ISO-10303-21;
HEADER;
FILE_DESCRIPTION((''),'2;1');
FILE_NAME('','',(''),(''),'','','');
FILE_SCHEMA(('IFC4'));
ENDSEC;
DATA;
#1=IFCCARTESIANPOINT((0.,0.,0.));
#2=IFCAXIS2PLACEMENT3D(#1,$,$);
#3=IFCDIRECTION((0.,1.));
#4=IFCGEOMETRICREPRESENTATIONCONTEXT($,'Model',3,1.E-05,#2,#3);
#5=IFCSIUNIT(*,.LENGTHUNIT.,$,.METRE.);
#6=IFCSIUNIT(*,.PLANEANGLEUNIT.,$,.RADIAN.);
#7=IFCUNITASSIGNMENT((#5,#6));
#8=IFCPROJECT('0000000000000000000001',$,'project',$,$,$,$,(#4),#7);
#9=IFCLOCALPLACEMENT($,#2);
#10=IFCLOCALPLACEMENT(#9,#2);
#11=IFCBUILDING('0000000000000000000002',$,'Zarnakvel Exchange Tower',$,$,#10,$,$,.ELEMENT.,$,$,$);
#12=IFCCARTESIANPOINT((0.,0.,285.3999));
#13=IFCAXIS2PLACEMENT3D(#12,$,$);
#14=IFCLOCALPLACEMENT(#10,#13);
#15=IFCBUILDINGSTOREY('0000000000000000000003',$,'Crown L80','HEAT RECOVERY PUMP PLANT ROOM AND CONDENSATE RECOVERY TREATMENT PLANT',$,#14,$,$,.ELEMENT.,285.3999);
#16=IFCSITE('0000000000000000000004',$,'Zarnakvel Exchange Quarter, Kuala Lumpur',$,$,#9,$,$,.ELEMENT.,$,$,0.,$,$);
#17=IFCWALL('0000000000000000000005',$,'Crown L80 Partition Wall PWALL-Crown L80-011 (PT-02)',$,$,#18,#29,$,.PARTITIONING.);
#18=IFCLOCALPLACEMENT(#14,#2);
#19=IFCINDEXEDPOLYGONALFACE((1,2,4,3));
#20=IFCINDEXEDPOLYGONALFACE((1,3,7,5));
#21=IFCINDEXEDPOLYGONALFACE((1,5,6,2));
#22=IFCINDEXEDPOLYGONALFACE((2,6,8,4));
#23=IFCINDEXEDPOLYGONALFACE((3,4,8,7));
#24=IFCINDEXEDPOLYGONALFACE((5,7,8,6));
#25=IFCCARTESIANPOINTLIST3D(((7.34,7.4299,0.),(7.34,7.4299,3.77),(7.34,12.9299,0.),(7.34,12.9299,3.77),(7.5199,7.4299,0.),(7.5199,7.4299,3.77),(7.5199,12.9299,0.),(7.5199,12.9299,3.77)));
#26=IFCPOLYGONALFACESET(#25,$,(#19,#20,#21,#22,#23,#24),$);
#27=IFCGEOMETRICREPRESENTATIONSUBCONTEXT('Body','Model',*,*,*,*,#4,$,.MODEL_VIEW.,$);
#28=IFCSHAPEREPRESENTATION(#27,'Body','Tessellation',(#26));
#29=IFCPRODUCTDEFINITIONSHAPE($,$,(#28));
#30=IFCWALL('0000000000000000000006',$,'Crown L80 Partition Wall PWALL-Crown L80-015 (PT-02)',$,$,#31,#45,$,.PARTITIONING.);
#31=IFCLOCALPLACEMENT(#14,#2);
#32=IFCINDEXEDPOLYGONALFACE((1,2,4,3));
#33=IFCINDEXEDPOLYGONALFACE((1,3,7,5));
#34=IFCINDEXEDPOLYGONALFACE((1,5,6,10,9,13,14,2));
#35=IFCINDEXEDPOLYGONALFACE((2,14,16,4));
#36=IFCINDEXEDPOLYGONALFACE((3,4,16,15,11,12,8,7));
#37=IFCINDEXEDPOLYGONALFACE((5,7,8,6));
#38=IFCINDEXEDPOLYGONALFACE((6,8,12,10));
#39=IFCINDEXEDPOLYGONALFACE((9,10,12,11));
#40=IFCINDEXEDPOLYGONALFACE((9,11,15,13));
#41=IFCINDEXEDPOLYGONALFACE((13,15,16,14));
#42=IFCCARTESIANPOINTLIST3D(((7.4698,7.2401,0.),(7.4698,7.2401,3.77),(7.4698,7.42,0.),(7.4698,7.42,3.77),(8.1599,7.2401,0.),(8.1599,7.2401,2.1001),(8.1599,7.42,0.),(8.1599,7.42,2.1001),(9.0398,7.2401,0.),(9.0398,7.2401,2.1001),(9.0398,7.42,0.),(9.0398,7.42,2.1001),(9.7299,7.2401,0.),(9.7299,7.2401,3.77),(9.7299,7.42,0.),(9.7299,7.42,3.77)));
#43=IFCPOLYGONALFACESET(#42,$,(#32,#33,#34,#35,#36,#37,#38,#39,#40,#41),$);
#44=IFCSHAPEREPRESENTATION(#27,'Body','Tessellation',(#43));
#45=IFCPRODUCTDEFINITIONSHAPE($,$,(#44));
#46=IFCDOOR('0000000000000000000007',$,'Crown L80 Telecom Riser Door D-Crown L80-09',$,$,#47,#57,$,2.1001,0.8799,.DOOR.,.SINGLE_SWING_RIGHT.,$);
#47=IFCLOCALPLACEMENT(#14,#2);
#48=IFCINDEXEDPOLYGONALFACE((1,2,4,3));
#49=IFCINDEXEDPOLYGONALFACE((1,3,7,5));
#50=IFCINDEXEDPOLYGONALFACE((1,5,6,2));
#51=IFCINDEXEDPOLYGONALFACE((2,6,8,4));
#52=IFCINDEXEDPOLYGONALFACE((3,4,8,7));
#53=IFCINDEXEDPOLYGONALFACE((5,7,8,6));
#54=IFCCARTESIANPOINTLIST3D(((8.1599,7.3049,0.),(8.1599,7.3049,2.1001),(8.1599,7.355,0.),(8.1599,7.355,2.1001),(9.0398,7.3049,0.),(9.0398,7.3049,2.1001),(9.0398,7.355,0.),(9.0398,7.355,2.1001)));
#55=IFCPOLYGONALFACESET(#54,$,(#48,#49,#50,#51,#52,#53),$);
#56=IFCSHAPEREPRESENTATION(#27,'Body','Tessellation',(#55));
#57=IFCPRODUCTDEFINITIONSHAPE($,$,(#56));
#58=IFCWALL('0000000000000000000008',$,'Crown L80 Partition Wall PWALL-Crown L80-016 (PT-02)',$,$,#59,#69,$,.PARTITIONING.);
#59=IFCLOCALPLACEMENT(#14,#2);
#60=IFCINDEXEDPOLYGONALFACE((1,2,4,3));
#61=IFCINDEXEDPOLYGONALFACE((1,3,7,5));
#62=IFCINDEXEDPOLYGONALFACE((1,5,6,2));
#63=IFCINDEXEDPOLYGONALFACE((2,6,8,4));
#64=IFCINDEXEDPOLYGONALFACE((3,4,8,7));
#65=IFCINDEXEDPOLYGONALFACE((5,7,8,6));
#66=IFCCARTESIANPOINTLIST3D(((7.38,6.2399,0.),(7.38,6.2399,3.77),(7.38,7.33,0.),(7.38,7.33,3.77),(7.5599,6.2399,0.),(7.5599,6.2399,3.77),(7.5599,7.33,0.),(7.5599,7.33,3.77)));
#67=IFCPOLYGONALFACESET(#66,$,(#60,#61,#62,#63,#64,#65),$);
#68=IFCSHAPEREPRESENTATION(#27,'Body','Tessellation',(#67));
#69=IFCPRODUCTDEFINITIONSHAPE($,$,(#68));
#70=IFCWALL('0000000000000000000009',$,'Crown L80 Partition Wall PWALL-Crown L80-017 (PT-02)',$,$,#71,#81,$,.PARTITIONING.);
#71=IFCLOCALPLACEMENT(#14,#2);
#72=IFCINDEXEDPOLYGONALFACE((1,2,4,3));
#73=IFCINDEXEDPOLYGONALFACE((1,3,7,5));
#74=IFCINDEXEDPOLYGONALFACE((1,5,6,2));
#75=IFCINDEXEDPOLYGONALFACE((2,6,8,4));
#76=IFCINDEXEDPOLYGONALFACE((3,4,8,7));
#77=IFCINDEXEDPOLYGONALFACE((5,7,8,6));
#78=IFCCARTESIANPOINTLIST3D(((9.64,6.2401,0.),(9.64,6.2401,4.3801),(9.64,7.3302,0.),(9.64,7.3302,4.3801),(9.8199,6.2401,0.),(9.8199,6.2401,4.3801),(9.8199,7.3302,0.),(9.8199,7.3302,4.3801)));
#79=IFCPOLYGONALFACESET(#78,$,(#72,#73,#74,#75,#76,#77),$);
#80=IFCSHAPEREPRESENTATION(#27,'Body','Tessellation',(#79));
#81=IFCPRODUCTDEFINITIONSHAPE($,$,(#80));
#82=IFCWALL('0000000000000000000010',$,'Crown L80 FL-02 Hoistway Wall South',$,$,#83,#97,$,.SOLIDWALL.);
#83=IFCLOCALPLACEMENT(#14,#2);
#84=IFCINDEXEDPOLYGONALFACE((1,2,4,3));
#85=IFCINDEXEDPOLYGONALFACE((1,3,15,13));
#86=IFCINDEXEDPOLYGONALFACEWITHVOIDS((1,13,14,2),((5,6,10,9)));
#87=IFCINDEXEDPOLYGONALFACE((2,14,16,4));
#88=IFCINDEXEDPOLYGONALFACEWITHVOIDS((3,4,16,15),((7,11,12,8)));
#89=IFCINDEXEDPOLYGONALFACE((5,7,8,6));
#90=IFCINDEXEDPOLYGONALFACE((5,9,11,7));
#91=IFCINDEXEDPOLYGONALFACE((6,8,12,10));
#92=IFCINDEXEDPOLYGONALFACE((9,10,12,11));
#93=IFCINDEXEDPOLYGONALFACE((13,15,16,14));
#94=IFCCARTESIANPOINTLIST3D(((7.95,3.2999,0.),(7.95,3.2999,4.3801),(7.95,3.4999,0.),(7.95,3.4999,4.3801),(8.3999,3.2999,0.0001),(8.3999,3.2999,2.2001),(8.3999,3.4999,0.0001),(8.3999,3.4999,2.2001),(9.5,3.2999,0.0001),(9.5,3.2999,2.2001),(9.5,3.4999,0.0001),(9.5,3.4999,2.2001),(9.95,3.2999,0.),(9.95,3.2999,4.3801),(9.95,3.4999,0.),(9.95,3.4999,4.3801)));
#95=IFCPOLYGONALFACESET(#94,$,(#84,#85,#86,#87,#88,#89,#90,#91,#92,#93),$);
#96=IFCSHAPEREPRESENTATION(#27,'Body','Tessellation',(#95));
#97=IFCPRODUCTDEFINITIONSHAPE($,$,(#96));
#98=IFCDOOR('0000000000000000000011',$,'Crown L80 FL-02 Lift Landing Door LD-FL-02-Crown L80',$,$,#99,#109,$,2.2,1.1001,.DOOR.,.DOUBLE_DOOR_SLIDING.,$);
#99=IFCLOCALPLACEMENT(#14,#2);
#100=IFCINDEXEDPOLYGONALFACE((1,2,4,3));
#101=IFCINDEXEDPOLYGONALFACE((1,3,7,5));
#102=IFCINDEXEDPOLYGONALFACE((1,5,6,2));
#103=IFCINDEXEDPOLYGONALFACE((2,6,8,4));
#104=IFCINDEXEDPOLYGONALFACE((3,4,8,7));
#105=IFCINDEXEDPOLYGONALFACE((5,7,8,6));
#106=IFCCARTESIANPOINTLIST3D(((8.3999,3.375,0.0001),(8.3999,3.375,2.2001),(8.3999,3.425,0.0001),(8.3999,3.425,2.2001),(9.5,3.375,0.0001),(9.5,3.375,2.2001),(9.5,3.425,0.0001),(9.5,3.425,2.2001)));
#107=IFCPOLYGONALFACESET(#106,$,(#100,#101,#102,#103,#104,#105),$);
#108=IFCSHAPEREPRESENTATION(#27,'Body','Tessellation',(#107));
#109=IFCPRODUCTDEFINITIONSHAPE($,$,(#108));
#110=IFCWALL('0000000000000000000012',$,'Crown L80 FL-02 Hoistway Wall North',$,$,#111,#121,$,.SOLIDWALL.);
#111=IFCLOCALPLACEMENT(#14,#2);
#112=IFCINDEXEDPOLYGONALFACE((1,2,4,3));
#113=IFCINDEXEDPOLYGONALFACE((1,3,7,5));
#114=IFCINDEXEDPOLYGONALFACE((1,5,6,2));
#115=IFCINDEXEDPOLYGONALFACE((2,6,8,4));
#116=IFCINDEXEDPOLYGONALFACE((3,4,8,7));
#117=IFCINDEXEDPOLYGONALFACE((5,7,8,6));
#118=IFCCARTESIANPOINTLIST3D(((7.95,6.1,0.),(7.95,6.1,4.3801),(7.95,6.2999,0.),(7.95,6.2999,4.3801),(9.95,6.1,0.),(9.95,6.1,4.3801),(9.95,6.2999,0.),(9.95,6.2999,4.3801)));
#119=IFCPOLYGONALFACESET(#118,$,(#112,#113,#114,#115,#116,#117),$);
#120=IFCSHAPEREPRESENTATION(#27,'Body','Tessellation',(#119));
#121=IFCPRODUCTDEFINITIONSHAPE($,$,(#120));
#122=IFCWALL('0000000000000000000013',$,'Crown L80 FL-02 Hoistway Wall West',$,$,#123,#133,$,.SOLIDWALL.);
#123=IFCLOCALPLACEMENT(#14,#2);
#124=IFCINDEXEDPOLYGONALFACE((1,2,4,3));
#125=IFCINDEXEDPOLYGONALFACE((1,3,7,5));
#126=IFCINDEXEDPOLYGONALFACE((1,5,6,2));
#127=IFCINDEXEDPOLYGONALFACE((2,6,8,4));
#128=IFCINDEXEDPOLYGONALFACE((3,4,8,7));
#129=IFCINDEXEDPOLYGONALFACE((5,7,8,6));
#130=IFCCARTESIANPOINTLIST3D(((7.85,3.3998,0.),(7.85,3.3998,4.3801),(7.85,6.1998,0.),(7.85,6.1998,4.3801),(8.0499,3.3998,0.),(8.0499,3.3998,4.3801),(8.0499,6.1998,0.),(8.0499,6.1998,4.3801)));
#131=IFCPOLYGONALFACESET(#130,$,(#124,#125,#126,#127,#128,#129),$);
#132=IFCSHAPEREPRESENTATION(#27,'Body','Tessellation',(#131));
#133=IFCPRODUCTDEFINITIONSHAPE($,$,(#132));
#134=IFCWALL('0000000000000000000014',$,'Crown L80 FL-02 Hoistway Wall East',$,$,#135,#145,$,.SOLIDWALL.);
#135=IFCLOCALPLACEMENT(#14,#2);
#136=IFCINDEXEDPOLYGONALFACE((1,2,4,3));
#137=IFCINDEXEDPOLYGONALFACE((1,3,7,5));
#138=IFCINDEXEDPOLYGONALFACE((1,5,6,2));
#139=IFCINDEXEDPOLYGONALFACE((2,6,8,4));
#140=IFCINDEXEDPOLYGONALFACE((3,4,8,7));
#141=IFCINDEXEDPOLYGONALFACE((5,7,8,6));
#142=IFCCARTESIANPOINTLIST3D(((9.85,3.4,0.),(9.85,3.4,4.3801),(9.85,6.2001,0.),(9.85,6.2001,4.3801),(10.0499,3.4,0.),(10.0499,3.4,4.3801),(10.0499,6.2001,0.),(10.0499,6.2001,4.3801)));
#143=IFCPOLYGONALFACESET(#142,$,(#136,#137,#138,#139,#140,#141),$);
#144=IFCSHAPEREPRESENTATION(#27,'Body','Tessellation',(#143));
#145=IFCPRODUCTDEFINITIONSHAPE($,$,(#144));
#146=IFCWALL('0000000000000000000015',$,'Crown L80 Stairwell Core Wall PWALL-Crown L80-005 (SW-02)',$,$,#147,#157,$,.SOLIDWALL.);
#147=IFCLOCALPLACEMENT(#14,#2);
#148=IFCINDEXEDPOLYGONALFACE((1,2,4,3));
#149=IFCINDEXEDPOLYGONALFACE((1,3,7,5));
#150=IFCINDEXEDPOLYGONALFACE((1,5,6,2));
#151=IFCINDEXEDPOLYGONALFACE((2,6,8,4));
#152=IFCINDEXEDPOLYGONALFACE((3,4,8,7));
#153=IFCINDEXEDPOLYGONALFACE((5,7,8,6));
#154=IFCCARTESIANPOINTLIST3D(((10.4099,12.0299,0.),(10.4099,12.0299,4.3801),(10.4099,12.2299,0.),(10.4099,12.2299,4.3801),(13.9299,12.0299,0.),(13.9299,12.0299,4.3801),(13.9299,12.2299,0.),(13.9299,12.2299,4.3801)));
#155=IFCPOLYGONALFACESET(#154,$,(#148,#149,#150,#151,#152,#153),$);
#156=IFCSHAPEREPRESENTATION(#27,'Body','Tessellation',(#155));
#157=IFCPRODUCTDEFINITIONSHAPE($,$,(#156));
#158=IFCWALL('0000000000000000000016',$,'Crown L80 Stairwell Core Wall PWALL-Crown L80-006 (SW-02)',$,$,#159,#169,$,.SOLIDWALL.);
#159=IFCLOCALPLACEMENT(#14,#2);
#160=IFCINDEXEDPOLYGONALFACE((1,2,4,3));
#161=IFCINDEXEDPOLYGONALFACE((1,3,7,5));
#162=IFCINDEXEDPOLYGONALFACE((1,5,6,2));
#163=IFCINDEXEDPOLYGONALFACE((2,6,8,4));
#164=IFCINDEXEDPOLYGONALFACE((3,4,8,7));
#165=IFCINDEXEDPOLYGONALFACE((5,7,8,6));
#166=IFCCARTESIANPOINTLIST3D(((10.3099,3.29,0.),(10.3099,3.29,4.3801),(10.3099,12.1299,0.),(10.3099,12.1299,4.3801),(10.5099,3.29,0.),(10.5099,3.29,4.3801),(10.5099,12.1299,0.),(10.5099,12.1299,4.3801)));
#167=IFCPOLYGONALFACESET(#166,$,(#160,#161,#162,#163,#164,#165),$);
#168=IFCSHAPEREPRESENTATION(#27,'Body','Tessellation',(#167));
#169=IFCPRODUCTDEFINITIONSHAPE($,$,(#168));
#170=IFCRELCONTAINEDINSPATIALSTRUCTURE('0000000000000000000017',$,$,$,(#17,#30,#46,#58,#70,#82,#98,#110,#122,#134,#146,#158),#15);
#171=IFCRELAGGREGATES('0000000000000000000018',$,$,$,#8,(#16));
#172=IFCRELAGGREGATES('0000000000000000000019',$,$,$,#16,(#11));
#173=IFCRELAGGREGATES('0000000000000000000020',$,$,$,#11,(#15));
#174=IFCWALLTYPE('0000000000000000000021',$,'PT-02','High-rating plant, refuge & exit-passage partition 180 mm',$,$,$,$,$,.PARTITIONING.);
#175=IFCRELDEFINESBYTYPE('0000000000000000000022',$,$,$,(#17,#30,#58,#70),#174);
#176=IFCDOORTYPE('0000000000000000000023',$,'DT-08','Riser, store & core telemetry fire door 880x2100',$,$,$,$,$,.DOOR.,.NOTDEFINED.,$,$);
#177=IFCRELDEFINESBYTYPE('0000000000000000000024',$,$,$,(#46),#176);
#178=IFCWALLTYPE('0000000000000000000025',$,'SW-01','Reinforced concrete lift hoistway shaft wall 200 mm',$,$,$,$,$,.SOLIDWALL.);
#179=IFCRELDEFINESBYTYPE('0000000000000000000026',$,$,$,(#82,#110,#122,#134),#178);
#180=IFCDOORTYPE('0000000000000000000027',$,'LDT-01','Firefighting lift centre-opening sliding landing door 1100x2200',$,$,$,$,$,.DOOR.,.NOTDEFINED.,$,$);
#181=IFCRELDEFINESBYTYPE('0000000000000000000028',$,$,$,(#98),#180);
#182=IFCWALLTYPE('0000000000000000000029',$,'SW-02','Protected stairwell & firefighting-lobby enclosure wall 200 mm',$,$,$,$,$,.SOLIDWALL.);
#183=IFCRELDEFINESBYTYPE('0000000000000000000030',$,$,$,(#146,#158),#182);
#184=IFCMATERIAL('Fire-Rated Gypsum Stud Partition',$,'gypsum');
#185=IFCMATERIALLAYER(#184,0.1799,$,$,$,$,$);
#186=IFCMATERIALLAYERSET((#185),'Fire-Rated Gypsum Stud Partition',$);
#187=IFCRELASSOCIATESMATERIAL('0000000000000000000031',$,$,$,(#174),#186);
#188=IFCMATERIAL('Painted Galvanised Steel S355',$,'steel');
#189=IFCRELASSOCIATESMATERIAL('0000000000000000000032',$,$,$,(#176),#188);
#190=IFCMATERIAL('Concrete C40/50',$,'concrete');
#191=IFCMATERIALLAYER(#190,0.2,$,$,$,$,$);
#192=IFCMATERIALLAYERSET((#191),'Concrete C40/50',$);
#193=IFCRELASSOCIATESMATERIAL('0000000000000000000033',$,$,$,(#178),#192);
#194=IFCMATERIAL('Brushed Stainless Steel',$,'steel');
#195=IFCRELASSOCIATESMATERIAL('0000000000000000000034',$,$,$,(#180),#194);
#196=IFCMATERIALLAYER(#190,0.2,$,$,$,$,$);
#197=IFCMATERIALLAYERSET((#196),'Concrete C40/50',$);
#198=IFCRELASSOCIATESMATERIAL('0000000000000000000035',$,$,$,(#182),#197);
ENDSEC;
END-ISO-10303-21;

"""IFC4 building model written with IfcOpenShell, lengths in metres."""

from ifc_helpers import new_model, si_unit, direction, frame, frame_2d, origin, place, context, subcontext, project, spatial, rectangle, extrude, source, transform, mapped, material, layer, layer_set, type_object, element, fill, save


model = new_model("IFC4")

# Units and contexts
model_context = context("Model", 3, precision=1e-05, world=origin(), true_north=direction((0.0, 1.0)))
body_context = subcontext(model_context, "Body", "Model", "MODEL_VIEW")
ifc_project = project(units=[si_unit("LENGTHUNIT", "METRE"), si_unit("PLANEANGLEUNIT", "RADIAN")], contexts=[model_context])

# Site, building, storey
site_placement = place(None, origin())
site = spatial("IfcSite", under=ifc_project, at=site_placement, Name="Zarnakvel Exchange Quarter, Kuala Lumpur", CompositionType="ELEMENT", RefElevation=0.0)
building_placement = place(site_placement, origin())
building = spatial("IfcBuilding", under=site, at=building_placement, Name="Zarnakvel Exchange Tower", CompositionType="ELEMENT")
storey_placement = place(building_placement, frame((0.0, 0.0, 285.3999)))
storey = spatial("IfcBuildingStorey", under=building, at=storey_placement, Name="Crown L80", Description="HEAT RECOVERY PUMP PLANT ROOM AND CONDENSATE RECOVERY TREATMENT PLANT", CompositionType="ELEMENT", Elevation=285.3999)

# Shared definitions
ifc_material_1 = material(Name="Fire-Rated Gypsum Stud Partition", Category="gypsum")
ifc_layer_1 = layer(ifc_material_1, 0.1799)
ifc_layer_set_1 = layer_set([ifc_layer_1], Name="Fire-Rated Gypsum Stud Partition")
wall_type_1 = type_object("IfcWallType", Name="PT-02", Description="High-rating plant, refuge & exit-passage partition 180 mm", PredefinedType="PARTITIONING", material=ifc_layer_set_1)
ifc_material_2 = material(Name="Painted Galvanised Steel S355", Category="steel")

# Wall
wall_1_placement = place(storey_placement, frame((7.4299, 12.9299, 0.0), z_axis=(0.0, 0.0, 1.0), x_axis=(0.0, -1.0, 0.0)))
element("IfcWall", 1, at=wall_1_placement, inside=storey, type_object=wall_type_1, Name="Crown L80 Partition Wall PWALL-Crown L80-011 (PT-02)", PredefinedType="PARTITIONING", context=body_context, shape_type="SweptSolid", body=[
    extrude(rectangle(XDim=5.5, YDim=0.1799, at=frame_2d((2.75, 0.0))), origin(), (0.0, 0.0, 1.0), 3.77),
])

# Wall, opening, door
wall_2_placement = place(storey_placement, frame((7.47, 7.3301, 0.0), z_axis=(0.0, 0.0, 1.0), x_axis=(1.0, 0.0, 0.0)))
wall_2 = element("IfcWall", 2, at=wall_2_placement, inside=storey, type_object=wall_type_1, Name="Crown L80 Partition Wall PWALL-Crown L80-015 (PT-02)", PredefinedType="PARTITIONING", context=body_context, shape_type="SweptSolid", body=[
    extrude(rectangle(XDim=2.26, YDim=0.1799, at=frame_2d((1.1299, 0.0))), origin(), (0.0, 0.0, 1.0), 3.77),
])
opening_1_placement = place(wall_2_placement, frame((0.6899, 0.0, 0.0)))
opening_1 = element("IfcOpeningElement", 3, at=opening_1_placement, cuts=wall_2, PredefinedType="OPENING", context=body_context, shape_type="SweptSolid", body=[
    extrude(rectangle(XDim=0.8799, YDim=2.1001, at=frame_2d((0.4399, 1.05))), frame((0.0, 0.0999, 0.0), z_axis=(0.0, -1.0, 0.0), x_axis=(1.0, 0.0, 0.0)), (0.0, 0.0, 1.0), 0.2),
])
door_type_1 = type_object("IfcDoorType", Name="DT-08", Description="Riser, store & core telemetry fire door 880x2100", OperationType="NOTDEFINED", PredefinedType="DOOR", material=ifc_material_2)
shared_shape_1 = source(origin(), body_context, "Body", "SweptSolid", [
    extrude(rectangle(XDim=0.8799, YDim=2.1001, at=frame_2d((0.4399, 1.05))), frame((0.0, 0.0249, 0.0), z_axis=(0.0, -1.0, 0.0), x_axis=(1.0, 0.0, 0.0)), (0.0, 0.0, 1.0), 0.05),
])
door_1_placement = place(opening_1_placement, origin())
door_1 = element("IfcDoor", 4, at=door_1_placement, inside=storey, type_object=door_type_1, Name="Crown L80 Telecom Riser Door D-Crown L80-09", OperationType="SINGLE_SWING_RIGHT", OverallHeight=2.1001, OverallWidth=0.8799, PredefinedType="DOOR", context=body_context, shape_type="MappedRepresentation", body=[
    mapped(shared_shape_1, transform((0.0, 0.0, 0.0), x_axis=(1.0, 0.0, 0.0), y_axis=(0.0, 1.0, 0.0), z_axis=(0.0, 0.0, 1.0), scale=1.0)),
])
fill(opening_1, door_1)

# Walls
wall_3_placement = place(storey_placement, frame((7.47, 6.24, 0.0), z_axis=(0.0, 0.0, 1.0), x_axis=(0.0, 1.0, 0.0)))
element("IfcWall", 5, at=wall_3_placement, inside=storey, type_object=wall_type_1, Name="Crown L80 Partition Wall PWALL-Crown L80-016 (PT-02)", PredefinedType="PARTITIONING", context=body_context, shape_type="SweptSolid", body=[
    extrude(rectangle(XDim=1.0901, YDim=0.1799, at=frame_2d((0.5449, 0.0))), origin(), (0.0, 0.0, 1.0), 3.77),
])
wall_4_placement = place(storey_placement, frame((9.73, 7.3301, 0.0), z_axis=(0.0, 0.0, 1.0), x_axis=(0.0, -1.0, 0.0)))
element("IfcWall", 6, at=wall_4_placement, inside=storey, type_object=wall_type_1, Name="Crown L80 Partition Wall PWALL-Crown L80-017 (PT-02)", PredefinedType="PARTITIONING", context=body_context, shape_type="SweptSolid", body=[
    extrude(rectangle(XDim=1.0901, YDim=0.1799, at=frame_2d((0.5449, 0.0))), origin(), (0.0, 0.0, 1.0), 4.3801),
])

# Wall, opening, door
ifc_material_3 = material(Name="Concrete C40/50", Category="concrete")
ifc_layer_2 = layer(ifc_material_3, 0.2)
ifc_layer_set_2 = layer_set([ifc_layer_2], Name="Concrete C40/50")
wall_type_2 = type_object("IfcWallType", Name="SW-01", Description="Reinforced concrete lift hoistway shaft wall 200 mm", PredefinedType="SOLIDWALL", material=ifc_layer_set_2)
wall_5_placement = place(storey_placement, frame((9.95, 3.3999, 0.0), z_axis=(0.0, 0.0, 1.0), x_axis=(-1.0, 0.0, 0.0)))
wall_5 = element("IfcWall", 7, at=wall_5_placement, inside=storey, type_object=wall_type_2, Name="Crown L80 FL-02 Hoistway Wall South", PredefinedType="SOLIDWALL", context=body_context, shape_type="SweptSolid", body=[
    extrude(rectangle(XDim=2.0, YDim=0.2, at=frame_2d((1.0, 0.0))), origin(), (0.0, 0.0, 1.0), 4.3801),
])
opening_2_placement = place(wall_5_placement, frame((0.45, 0.0, 0.0)))
opening_2 = element("IfcOpeningElement", 8, at=opening_2_placement, cuts=wall_5, PredefinedType="OPENING", context=body_context, shape_type="SweptSolid", body=[
    extrude(rectangle(XDim=1.1001, YDim=2.2, at=frame_2d((0.55, 1.1001))), frame((0.0, 0.1099, 0.0), z_axis=(0.0, -1.0, 0.0), x_axis=(1.0, 0.0, 0.0)), (0.0, 0.0, 1.0), 0.22),
])
ifc_material_4 = material(Name="Brushed Stainless Steel", Category="steel")
door_type_2 = type_object("IfcDoorType", Name="LDT-01", Description="Firefighting lift centre-opening sliding landing door 1100x2200", OperationType="NOTDEFINED", PredefinedType="DOOR", material=ifc_material_4)
shared_shape_2 = source(origin(), body_context, "Body", "SweptSolid", [
    extrude(rectangle(XDim=1.1001, YDim=2.2, at=frame_2d((0.55, 1.1001))), frame((0.0, 0.0249, 0.0), z_axis=(0.0, -1.0, 0.0), x_axis=(1.0, 0.0, 0.0)), (0.0, 0.0, 1.0), 0.05),
])
door_2_placement = place(opening_2_placement, origin())
door_2 = element("IfcDoor", 9, at=door_2_placement, inside=storey, type_object=door_type_2, Name="Crown L80 FL-02 Lift Landing Door LD-FL-02-Crown L80", OperationType="DOUBLE_DOOR_SLIDING", OverallHeight=2.2, OverallWidth=1.1001, PredefinedType="DOOR", context=body_context, shape_type="MappedRepresentation", body=[
    mapped(shared_shape_2, transform((0.0, 0.0, 0.0), x_axis=(1.0, 0.0, 0.0), y_axis=(0.0, 1.0, 0.0), z_axis=(0.0, 0.0, 1.0), scale=1.0)),
])
fill(opening_2, door_2)

# Walls
wall_6_placement = place(storey_placement, frame((7.95, 6.2, 0.0), z_axis=(0.0, 0.0, 1.0), x_axis=(1.0, 0.0, 0.0)))
element("IfcWall", 10, at=wall_6_placement, inside=storey, type_object=wall_type_2, Name="Crown L80 FL-02 Hoistway Wall North", PredefinedType="SOLIDWALL", context=body_context, shape_type="SweptSolid", body=[
    extrude(rectangle(XDim=2.0, YDim=0.2, at=frame_2d((1.0, 0.0))), origin(), (0.0, 0.0, 1.0), 4.3801),
])
for number, where, z_axis, x_axis, name in (
    (11, (7.95, 3.3999, 0.0), (0.0, 0.0, 1.0), (0.0, 1.0, 0.0), "Crown L80 FL-02 Hoistway Wall West"),
    (12, (9.95, 6.2, 0.0), (0.0, 0.0, 1.0), (0.0, -1.0, 0.0), "Crown L80 FL-02 Hoistway Wall East"),
):
    element("IfcWall", number, at=place(storey_placement, frame(where, z_axis=z_axis, x_axis=x_axis)), inside=storey, type_object=wall_type_2, Name=name, PredefinedType="SOLIDWALL", context=body_context, shape_type="SweptSolid", body=[
        extrude(rectangle(XDim=2.8, YDim=0.2, at=frame_2d((1.3999, 0.0))), origin(), (0.0, 0.0, 1.0), 4.3801),
    ])
ifc_layer_3 = layer(ifc_material_3, 0.2)
ifc_layer_set_3 = layer_set([ifc_layer_3], Name="Concrete C40/50")
wall_type_3 = type_object("IfcWallType", Name="SW-02", Description="Protected stairwell & firefighting-lobby enclosure wall 200 mm", PredefinedType="SOLIDWALL", material=ifc_layer_set_3)
wall_7_placement = place(storey_placement, frame((10.4099, 12.1299, 0.0), z_axis=(0.0, 0.0, 1.0), x_axis=(1.0, 0.0, 0.0)))
element("IfcWall", 13, at=wall_7_placement, inside=storey, type_object=wall_type_3, Name="Crown L80 Stairwell Core Wall PWALL-Crown L80-005 (SW-02)", PredefinedType="SOLIDWALL", context=body_context, shape_type="SweptSolid", body=[
    extrude(rectangle(XDim=3.52, YDim=0.2, at=frame_2d((1.76, 0.0))), origin(), (0.0, 0.0, 1.0), 4.3801),
])
wall_8_placement = place(storey_placement, frame((10.4099, 3.29, 0.0), z_axis=(0.0, 0.0, 1.0), x_axis=(0.0, 1.0, 0.0)))
element("IfcWall", 14, at=wall_8_placement, inside=storey, type_object=wall_type_3, Name="Crown L80 Stairwell Core Wall PWALL-Crown L80-006 (SW-02)", PredefinedType="SOLIDWALL", context=body_context, shape_type="SweptSolid", body=[
    extrude(rectangle(XDim=8.8398, YDim=0.2, at=frame_2d((4.4199, 0.0))), origin(), (0.0, 0.0, 1.0), 4.3801),
])

save(model, "model.ifc")
